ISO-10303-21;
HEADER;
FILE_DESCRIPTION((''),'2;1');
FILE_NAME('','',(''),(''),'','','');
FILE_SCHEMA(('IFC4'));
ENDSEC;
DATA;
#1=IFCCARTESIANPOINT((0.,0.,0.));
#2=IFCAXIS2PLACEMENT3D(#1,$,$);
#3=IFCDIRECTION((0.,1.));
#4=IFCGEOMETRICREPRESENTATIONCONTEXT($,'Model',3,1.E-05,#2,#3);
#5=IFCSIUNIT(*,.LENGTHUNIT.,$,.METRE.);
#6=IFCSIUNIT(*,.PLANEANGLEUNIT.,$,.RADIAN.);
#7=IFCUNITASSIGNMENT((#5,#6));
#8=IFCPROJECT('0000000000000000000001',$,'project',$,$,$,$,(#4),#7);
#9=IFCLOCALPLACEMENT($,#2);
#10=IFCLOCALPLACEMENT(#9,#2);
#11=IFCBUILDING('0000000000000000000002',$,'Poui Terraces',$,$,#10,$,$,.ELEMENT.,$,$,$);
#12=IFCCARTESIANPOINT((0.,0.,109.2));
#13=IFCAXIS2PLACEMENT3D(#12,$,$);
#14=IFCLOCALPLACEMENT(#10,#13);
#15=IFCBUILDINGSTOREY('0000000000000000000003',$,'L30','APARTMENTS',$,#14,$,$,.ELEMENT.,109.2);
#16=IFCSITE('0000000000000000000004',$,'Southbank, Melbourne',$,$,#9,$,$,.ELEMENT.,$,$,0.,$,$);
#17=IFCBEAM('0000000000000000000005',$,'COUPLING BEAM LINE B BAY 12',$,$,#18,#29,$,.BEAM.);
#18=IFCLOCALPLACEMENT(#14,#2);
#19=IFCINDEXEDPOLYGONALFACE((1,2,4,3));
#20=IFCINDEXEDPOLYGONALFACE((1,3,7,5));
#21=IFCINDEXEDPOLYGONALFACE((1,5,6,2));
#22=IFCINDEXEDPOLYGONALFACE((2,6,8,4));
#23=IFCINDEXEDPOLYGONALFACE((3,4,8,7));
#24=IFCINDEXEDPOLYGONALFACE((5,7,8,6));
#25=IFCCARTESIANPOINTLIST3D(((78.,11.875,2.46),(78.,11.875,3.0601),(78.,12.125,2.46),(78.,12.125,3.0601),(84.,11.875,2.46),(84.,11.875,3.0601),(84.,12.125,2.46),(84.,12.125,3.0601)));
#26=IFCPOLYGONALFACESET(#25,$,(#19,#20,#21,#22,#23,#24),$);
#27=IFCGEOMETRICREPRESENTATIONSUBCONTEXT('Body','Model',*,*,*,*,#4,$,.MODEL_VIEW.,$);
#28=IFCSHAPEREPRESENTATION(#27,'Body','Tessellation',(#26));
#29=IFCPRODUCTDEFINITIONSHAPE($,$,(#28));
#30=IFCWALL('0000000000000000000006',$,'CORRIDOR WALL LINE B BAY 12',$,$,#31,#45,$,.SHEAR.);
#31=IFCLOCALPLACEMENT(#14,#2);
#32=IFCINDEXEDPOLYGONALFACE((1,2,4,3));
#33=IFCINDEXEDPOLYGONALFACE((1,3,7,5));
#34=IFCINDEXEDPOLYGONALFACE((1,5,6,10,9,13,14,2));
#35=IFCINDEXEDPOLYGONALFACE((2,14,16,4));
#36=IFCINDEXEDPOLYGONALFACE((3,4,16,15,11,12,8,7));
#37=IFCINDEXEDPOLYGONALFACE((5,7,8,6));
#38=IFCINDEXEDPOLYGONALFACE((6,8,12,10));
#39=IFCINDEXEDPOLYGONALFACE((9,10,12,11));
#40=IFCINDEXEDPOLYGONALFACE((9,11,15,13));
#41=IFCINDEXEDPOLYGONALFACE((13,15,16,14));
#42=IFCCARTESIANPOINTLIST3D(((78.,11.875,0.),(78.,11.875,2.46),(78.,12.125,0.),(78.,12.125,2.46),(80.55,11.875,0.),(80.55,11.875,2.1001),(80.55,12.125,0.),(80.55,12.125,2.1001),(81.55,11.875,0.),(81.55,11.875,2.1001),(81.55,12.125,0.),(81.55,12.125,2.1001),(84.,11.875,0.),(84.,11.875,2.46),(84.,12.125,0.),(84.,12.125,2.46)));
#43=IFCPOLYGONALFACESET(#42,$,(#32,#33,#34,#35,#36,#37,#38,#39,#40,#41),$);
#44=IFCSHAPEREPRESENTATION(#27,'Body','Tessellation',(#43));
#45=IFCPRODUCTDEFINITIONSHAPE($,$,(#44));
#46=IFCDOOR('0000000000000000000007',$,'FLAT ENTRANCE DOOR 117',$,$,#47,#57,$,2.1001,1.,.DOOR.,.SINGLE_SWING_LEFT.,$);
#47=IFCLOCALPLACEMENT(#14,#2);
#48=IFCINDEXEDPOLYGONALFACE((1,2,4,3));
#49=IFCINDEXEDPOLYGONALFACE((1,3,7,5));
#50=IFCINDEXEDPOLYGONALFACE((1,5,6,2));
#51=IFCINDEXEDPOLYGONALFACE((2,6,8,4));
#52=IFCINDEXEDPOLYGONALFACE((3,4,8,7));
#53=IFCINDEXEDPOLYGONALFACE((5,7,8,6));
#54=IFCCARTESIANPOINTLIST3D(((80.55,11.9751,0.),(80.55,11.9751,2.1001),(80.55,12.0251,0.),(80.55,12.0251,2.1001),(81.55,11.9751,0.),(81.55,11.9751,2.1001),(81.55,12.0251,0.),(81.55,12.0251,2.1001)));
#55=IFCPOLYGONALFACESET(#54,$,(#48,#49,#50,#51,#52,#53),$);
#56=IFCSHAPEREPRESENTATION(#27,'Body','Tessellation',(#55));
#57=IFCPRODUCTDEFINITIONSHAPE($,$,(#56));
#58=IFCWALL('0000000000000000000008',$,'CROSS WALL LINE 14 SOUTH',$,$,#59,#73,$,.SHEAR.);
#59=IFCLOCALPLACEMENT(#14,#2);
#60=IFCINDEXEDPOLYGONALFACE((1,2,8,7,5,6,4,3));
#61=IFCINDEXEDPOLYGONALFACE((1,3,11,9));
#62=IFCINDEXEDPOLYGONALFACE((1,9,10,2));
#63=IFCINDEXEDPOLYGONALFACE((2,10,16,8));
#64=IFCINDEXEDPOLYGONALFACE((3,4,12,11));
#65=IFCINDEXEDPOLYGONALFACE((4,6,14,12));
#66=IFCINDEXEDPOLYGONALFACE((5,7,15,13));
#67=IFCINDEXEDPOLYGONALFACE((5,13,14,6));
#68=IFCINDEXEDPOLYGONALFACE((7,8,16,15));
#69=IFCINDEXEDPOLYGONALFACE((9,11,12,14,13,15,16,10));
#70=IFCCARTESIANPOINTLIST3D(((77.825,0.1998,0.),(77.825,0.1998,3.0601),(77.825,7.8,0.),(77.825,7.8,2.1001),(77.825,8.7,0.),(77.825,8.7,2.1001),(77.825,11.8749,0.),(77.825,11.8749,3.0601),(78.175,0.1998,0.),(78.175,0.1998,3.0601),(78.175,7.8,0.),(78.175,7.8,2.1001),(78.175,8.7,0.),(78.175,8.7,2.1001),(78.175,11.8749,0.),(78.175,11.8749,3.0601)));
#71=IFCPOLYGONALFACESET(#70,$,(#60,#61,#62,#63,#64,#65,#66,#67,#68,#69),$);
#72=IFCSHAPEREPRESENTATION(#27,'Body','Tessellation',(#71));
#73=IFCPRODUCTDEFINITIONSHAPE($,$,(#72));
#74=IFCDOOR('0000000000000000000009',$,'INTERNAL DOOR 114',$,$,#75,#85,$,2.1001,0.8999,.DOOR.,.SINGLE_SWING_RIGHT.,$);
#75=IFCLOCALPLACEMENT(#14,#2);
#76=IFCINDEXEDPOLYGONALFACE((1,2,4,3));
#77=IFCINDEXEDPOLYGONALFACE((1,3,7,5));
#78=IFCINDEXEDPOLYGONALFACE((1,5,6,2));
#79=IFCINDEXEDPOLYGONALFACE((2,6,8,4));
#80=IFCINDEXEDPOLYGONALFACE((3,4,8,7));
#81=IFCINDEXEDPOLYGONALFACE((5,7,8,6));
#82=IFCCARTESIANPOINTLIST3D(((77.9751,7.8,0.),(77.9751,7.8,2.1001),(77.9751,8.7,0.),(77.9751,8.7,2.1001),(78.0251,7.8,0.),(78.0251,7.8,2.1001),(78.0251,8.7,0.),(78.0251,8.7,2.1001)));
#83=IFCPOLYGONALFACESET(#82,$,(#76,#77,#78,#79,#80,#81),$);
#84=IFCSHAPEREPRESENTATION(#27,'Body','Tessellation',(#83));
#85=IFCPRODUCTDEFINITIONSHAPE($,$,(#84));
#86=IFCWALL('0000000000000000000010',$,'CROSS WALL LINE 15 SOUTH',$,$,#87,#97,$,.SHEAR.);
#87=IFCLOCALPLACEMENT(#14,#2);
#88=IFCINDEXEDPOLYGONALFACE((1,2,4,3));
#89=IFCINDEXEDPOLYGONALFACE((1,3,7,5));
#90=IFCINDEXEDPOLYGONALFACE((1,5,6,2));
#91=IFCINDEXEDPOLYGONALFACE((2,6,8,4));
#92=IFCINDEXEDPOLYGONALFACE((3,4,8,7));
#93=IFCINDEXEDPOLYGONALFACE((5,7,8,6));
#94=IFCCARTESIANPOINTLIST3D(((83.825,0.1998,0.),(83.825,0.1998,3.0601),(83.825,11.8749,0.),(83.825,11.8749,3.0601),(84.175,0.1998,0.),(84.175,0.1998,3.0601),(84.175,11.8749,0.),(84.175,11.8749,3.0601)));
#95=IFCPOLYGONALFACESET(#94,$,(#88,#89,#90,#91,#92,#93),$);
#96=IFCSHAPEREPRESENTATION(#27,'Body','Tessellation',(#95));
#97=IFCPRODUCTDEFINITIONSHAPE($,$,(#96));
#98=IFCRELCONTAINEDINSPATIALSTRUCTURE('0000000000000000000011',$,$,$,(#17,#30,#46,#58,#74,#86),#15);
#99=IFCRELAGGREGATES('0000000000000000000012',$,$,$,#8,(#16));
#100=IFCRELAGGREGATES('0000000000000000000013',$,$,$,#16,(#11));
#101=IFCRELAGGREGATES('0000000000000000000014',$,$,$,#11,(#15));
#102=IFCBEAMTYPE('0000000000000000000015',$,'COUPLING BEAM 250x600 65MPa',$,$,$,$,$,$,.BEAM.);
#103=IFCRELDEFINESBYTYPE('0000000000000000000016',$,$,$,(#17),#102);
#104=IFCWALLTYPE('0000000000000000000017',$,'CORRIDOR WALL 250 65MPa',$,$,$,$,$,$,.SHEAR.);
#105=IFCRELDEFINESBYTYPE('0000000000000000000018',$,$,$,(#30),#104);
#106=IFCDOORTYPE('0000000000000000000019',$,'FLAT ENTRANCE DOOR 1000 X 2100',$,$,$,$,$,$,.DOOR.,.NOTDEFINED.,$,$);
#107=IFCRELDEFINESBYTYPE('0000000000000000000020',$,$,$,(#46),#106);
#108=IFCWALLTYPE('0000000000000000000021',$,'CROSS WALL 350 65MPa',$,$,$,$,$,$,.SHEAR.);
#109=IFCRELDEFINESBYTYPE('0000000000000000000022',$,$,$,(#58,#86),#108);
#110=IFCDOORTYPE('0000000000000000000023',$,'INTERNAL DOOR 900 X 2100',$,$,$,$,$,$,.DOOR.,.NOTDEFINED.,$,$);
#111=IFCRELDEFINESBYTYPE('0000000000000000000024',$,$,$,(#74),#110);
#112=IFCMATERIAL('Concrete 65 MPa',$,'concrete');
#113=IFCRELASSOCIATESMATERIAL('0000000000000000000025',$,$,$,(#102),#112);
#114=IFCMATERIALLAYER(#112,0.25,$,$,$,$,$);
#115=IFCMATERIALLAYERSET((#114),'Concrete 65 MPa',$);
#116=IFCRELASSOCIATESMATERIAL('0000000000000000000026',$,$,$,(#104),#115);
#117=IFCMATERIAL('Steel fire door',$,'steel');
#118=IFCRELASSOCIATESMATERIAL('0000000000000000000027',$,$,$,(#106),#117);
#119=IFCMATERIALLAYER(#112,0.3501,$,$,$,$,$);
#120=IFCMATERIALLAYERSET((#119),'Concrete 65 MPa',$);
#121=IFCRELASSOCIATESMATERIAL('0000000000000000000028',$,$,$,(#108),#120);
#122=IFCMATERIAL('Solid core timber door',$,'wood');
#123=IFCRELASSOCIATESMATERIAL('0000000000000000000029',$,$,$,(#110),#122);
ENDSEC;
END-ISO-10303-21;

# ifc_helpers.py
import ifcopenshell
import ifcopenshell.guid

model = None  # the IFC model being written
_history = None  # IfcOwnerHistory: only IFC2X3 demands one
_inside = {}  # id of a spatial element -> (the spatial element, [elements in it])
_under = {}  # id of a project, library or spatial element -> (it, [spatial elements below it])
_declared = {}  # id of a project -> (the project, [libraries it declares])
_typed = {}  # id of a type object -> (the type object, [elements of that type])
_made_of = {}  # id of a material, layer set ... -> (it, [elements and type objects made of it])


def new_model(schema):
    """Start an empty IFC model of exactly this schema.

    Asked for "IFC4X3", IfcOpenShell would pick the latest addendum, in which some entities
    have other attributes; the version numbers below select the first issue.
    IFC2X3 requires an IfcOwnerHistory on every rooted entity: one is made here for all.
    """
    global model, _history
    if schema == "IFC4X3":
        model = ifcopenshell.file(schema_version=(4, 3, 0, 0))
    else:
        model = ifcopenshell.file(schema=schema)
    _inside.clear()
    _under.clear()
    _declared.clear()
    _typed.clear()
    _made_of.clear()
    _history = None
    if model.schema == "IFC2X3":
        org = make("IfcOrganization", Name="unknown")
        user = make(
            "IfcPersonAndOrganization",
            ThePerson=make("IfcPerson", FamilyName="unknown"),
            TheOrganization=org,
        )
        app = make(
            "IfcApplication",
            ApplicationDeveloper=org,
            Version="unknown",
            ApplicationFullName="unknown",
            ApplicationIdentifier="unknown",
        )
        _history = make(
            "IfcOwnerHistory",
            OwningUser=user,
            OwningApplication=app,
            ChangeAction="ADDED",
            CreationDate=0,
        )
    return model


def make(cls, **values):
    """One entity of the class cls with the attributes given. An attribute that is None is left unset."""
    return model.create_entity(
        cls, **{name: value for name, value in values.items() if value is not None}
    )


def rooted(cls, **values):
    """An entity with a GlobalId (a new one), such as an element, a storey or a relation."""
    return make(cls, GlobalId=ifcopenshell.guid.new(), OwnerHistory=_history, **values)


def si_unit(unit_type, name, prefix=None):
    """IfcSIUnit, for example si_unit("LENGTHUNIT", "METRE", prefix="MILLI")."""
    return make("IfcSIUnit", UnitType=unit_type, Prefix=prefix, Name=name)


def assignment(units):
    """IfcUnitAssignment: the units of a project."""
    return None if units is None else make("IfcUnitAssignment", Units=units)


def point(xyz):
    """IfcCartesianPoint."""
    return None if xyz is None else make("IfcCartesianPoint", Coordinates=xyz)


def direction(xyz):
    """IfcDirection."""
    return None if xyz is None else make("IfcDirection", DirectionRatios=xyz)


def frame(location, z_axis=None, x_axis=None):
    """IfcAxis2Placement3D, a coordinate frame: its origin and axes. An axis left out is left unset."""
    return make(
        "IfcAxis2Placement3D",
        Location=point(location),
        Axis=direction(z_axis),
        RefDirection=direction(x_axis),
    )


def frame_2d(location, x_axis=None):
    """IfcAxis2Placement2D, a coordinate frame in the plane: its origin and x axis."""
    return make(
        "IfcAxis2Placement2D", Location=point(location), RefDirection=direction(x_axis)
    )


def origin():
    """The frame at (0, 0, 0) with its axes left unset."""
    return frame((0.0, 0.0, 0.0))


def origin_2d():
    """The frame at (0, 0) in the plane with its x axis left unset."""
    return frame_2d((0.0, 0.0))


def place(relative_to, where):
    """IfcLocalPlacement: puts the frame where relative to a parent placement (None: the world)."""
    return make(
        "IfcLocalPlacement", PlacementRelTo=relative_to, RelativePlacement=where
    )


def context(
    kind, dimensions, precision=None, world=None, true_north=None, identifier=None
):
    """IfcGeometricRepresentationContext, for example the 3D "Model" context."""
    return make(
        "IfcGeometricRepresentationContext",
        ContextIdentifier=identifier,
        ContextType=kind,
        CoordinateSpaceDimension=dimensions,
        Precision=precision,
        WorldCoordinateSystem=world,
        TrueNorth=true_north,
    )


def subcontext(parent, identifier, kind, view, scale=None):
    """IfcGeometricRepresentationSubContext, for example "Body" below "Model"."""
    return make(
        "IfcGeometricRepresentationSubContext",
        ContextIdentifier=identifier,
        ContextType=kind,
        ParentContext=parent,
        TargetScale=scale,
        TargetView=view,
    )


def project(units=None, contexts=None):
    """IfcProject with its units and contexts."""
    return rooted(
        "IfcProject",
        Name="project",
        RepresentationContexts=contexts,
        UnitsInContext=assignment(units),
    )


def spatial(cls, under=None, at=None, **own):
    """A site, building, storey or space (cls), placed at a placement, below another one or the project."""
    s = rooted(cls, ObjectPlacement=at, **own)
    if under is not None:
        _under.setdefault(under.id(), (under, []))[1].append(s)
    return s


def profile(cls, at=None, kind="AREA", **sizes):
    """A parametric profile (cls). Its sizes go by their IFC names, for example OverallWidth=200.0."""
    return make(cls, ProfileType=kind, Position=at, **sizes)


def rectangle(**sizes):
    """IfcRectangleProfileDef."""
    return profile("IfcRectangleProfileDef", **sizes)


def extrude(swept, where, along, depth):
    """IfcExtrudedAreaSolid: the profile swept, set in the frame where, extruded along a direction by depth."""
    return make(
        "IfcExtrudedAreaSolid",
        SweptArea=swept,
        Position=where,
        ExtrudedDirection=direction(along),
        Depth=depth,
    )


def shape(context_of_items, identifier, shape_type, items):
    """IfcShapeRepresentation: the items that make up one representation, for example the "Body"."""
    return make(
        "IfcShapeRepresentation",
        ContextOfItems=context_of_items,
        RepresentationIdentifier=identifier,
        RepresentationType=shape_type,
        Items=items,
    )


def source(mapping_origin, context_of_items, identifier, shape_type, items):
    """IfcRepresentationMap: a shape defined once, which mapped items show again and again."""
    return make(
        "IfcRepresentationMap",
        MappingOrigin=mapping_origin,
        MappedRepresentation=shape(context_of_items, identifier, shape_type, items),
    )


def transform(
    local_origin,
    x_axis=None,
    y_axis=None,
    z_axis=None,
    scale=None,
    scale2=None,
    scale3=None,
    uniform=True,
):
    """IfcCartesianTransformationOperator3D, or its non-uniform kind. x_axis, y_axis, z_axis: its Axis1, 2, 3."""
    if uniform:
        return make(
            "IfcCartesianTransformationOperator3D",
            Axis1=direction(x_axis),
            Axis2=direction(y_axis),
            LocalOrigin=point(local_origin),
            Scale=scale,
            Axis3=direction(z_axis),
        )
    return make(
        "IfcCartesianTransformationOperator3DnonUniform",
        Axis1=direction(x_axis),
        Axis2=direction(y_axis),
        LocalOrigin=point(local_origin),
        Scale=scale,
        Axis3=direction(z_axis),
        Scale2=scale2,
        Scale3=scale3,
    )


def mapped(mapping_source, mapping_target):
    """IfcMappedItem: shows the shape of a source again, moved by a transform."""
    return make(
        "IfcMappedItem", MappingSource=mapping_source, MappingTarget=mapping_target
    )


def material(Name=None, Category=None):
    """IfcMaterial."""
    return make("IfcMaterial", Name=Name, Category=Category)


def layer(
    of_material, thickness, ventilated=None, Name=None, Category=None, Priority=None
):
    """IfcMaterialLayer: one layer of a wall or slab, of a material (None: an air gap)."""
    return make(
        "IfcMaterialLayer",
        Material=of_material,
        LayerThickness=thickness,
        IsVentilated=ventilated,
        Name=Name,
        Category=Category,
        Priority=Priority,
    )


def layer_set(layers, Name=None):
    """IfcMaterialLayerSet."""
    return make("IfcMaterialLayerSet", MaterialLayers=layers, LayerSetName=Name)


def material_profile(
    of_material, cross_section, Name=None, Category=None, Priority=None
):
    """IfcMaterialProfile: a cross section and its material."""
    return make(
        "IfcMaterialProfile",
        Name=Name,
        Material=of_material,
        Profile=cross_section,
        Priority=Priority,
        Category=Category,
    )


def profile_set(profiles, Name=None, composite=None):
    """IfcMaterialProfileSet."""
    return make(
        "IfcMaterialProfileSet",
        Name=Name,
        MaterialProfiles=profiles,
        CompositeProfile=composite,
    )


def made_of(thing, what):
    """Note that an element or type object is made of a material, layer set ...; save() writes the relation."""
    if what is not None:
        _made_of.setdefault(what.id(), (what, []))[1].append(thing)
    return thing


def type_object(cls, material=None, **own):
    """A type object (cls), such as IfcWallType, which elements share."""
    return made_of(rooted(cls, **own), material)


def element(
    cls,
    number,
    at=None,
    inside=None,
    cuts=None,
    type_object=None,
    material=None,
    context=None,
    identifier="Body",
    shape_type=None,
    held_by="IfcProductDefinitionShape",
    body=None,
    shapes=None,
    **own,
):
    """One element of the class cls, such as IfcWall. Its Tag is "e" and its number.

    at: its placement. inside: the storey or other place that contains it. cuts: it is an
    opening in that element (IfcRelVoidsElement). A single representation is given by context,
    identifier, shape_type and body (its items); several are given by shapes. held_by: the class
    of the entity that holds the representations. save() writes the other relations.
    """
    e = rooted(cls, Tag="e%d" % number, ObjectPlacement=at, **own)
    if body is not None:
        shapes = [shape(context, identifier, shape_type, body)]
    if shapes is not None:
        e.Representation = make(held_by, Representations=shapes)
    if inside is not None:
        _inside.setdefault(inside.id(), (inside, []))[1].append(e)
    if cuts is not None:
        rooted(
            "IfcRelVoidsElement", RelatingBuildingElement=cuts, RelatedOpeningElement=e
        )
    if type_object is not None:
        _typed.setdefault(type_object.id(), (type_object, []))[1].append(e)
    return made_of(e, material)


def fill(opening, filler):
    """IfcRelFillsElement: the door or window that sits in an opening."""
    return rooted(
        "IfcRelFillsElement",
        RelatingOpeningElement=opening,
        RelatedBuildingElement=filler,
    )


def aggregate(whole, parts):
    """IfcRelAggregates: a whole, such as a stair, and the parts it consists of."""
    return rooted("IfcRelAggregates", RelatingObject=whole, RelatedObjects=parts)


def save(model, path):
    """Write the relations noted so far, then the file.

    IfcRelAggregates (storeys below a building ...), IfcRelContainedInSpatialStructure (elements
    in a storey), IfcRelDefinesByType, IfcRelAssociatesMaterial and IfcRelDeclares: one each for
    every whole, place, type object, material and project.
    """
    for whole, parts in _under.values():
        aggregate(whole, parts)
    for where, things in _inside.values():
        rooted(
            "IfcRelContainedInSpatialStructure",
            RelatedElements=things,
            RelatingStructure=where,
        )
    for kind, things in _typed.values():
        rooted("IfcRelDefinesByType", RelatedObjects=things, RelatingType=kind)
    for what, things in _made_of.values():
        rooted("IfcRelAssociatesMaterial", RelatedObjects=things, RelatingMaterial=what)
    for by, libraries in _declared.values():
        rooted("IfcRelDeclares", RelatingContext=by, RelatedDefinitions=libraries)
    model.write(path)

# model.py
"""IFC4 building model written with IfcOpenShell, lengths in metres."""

from ifc_helpers import new_model, si_unit, direction, frame, frame_2d, origin, origin_2d, place, context, subcontext, project, spatial, rectangle, extrude, source, transform, mapped, material, layer, layer_set, material_profile, profile_set, type_object, element, fill, save


model = new_model("IFC4")

# Units and contexts
model_context = context("Model", 3, precision=1e-05, world=origin(), true_north=direction((0.0, 1.0)))
body_context = subcontext(model_context, "Body", "Model", "MODEL_VIEW")
ifc_project = project(units=[si_unit("LENGTHUNIT", "METRE"), si_unit("PLANEANGLEUNIT", "RADIAN")], contexts=[model_context])

# Site, building, storey
site_placement = place(None, origin())
site = spatial("IfcSite", under=ifc_project, at=site_placement, Name="Southbank, Melbourne", CompositionType="ELEMENT", RefElevation=0.0)
building_placement = place(site_placement, origin())
building = spatial("IfcBuilding", under=site, at=building_placement, Name="Poui Terraces", CompositionType="ELEMENT")
storey_placement = place(building_placement, frame((0.0, 0.0, 109.2)))
storey = spatial("IfcBuildingStorey", under=building, at=storey_placement, Name="L30", Description="APARTMENTS", CompositionType="ELEMENT", Elevation=109.2)

# Beam
ifc_material_1 = material(Name="Concrete 65 MPa", Category="concrete")
ifc_material_profile = material_profile(ifc_material_1, rectangle(XDim=0.25, YDim=0.6001, at=origin_2d()), Name="RC 250x600")
ifc_profile_set = profile_set([ifc_material_profile], Name="Concrete 65 MPa")
beam_type = type_object("IfcBeamType", Name="COUPLING BEAM 250x600 65MPa", PredefinedType="BEAM", material=ifc_profile_set)
shared_shape = source(origin(), body_context, "Body", "SweptSolid", [
    extrude(rectangle(XDim=0.25, YDim=0.6001, at=origin_2d()), origin(), (0.0, 0.0, 1.0), 6.0),
])
beam_placement = place(storey_placement, frame((78.0, 12.0, 2.76), z_axis=(1.0, 0.0, 0.0), x_axis=(0.0, 1.0, 0.0)))
element("IfcBeam", 1, at=beam_placement, inside=storey, type_object=beam_type, Name="COUPLING BEAM LINE B BAY 12", PredefinedType="BEAM", context=body_context, shape_type="MappedRepresentation", body=[
    mapped(shared_shape, transform((0.0, 0.0, 0.0))),
])

# Walls, openings, doors
ifc_layer_1 = layer(ifc_material_1, 0.25)
ifc_layer_set_1 = layer_set([ifc_layer_1], Name="Concrete 65 MPa")
wall_type_1 = type_object("IfcWallType", Name="CORRIDOR WALL 250 65MPa", PredefinedType="SHEAR", material=ifc_layer_set_1)
wall_1_placement = place(storey_placement, frame((78.0, 12.0, 0.0), z_axis=(0.0, 0.0, 1.0), x_axis=(1.0, 0.0, 0.0)))
wall_1 = element("IfcWall", 2, at=wall_1_placement, inside=storey, type_object=wall_type_1, Name="CORRIDOR WALL LINE B BAY 12", PredefinedType="SHEAR", context=body_context, shape_type="SweptSolid", body=[
    extrude(rectangle(XDim=6.0, YDim=0.25, at=frame_2d((3.0, 0.0))), origin(), (0.0, 0.0, 1.0), 2.46),
])
opening_1_placement = place(wall_1_placement, frame((2.55, 0.0, 0.0)))
opening_1 = element("IfcOpeningElement", 3, at=opening_1_placement, cuts=wall_1, PredefinedType="OPENING", context=body_context, shape_type="SweptSolid", body=[
    extrude(rectangle(XDim=1.0, YDim=2.1001, at=frame_2d((0.5, 1.05))), frame((0.0, 0.135, 0.0), z_axis=(0.0, -1.0, 0.0), x_axis=(1.0, 0.0, 0.0)), (0.0, 0.0, 1.0), 0.27),
])
ifc_material_2 = material(Name="Steel fire door", Category="steel")
door_type_1 = type_object("IfcDoorType", Name="FLAT ENTRANCE DOOR 1000 X 2100", OperationType="NOTDEFINED", PredefinedType="DOOR", material=ifc_material_2)
door_1_placement = place(opening_1_placement, frame((1.0, 0.0, 0.0), z_axis=(0.0, 0.0, 1.0), x_axis=(-1.0, 0.0, 0.0)))
door_1 = element("IfcDoor", 4, at=door_1_placement, inside=storey, type_object=door_type_1, Name="FLAT ENTRANCE DOOR 117", OperationType="SINGLE_SWING_LEFT", OverallHeight=2.1001, OverallWidth=1.0, PredefinedType="DOOR", context=body_context, shape_type="SweptSolid", body=[
    extrude(rectangle(XDim=1.0, YDim=2.1001, at=frame_2d((0.5, 1.05))), frame((0.0, 0.0249, 0.0), z_axis=(0.0, -1.0, 0.0), x_axis=(1.0, 0.0, 0.0)), (0.0, 0.0, 1.0), 0.05),
])
fill(opening_1, door_1)
ifc_layer_2 = layer(ifc_material_1, 0.3501)
ifc_layer_set_2 = layer_set([ifc_layer_2], Name="Concrete 65 MPa")
wall_type_2 = type_object("IfcWallType", Name="CROSS WALL 350 65MPa", PredefinedType="SHEAR", material=ifc_layer_set_2)
wall_2_placement = place(storey_placement, frame((78.0, 0.2, 0.0), z_axis=(0.0, 0.0, 1.0), x_axis=(0.0, 1.0, 0.0)))
wall_2 = element("IfcWall", 5, at=wall_2_placement, inside=storey, type_object=wall_type_2, Name="CROSS WALL LINE 14 SOUTH", PredefinedType="SHEAR", context=body_context, shape_type="SweptSolid", body=[
    extrude(rectangle(XDim=11.675, YDim=0.3501, at=frame_2d((5.8374, 0.0))), origin(), (0.0, 0.0, 1.0), 3.0601),
])
opening_2_placement = place(wall_2_placement, frame((7.6001, 0.0, 0.0)))
opening_2 = element("IfcOpeningElement", 6, at=opening_2_placement, cuts=wall_2, PredefinedType="OPENING", context=body_context, shape_type="SweptSolid", body=[
    extrude(rectangle(XDim=0.8999, YDim=2.1001, at=frame_2d((0.45, 1.05))), frame((0.0, 0.1851, 0.0), z_axis=(0.0, -1.0, 0.0), x_axis=(1.0, 0.0, 0.0)), (0.0, 0.0, 1.0), 0.3701),
])
ifc_material_3 = material(Name="Solid core timber door", Category="wood")
door_type_2 = type_object("IfcDoorType", Name="INTERNAL DOOR 900 X 2100", OperationType="NOTDEFINED", PredefinedType="DOOR", material=ifc_material_3)
door_2_placement = place(opening_2_placement, origin())
door_2 = element("IfcDoor", 7, at=door_2_placement, inside=storey, type_object=door_type_2, Name="INTERNAL DOOR 114", OperationType="SINGLE_SWING_RIGHT", OverallHeight=2.1001, OverallWidth=0.8999, PredefinedType="DOOR", context=body_context, shape_type="SweptSolid", body=[
    extrude(rectangle(XDim=0.8999, YDim=2.1001, at=frame_2d((0.45, 1.05))), frame((0.0, 0.0249, 0.0), z_axis=(0.0, -1.0, 0.0), x_axis=(1.0, 0.0, 0.0)), (0.0, 0.0, 1.0), 0.05),
])
fill(opening_2, door_2)

# Wall
wall_3_placement = place(storey_placement, frame((84.0, 0.2, 0.0), z_axis=(0.0, 0.0, 1.0), x_axis=(0.0, 1.0, 0.0)))
element("IfcWall", 8, at=wall_3_placement, inside=storey, type_object=wall_type_2, Name="CROSS WALL LINE 15 SOUTH", PredefinedType="SHEAR", context=body_context, shape_type="SweptSolid", body=[
    extrude(rectangle(XDim=11.675, YDim=0.3501, at=frame_2d((5.8374, 0.0))), origin(), (0.0, 0.0, 1.0), 3.0601),
])

save(model, "model.ifc")
